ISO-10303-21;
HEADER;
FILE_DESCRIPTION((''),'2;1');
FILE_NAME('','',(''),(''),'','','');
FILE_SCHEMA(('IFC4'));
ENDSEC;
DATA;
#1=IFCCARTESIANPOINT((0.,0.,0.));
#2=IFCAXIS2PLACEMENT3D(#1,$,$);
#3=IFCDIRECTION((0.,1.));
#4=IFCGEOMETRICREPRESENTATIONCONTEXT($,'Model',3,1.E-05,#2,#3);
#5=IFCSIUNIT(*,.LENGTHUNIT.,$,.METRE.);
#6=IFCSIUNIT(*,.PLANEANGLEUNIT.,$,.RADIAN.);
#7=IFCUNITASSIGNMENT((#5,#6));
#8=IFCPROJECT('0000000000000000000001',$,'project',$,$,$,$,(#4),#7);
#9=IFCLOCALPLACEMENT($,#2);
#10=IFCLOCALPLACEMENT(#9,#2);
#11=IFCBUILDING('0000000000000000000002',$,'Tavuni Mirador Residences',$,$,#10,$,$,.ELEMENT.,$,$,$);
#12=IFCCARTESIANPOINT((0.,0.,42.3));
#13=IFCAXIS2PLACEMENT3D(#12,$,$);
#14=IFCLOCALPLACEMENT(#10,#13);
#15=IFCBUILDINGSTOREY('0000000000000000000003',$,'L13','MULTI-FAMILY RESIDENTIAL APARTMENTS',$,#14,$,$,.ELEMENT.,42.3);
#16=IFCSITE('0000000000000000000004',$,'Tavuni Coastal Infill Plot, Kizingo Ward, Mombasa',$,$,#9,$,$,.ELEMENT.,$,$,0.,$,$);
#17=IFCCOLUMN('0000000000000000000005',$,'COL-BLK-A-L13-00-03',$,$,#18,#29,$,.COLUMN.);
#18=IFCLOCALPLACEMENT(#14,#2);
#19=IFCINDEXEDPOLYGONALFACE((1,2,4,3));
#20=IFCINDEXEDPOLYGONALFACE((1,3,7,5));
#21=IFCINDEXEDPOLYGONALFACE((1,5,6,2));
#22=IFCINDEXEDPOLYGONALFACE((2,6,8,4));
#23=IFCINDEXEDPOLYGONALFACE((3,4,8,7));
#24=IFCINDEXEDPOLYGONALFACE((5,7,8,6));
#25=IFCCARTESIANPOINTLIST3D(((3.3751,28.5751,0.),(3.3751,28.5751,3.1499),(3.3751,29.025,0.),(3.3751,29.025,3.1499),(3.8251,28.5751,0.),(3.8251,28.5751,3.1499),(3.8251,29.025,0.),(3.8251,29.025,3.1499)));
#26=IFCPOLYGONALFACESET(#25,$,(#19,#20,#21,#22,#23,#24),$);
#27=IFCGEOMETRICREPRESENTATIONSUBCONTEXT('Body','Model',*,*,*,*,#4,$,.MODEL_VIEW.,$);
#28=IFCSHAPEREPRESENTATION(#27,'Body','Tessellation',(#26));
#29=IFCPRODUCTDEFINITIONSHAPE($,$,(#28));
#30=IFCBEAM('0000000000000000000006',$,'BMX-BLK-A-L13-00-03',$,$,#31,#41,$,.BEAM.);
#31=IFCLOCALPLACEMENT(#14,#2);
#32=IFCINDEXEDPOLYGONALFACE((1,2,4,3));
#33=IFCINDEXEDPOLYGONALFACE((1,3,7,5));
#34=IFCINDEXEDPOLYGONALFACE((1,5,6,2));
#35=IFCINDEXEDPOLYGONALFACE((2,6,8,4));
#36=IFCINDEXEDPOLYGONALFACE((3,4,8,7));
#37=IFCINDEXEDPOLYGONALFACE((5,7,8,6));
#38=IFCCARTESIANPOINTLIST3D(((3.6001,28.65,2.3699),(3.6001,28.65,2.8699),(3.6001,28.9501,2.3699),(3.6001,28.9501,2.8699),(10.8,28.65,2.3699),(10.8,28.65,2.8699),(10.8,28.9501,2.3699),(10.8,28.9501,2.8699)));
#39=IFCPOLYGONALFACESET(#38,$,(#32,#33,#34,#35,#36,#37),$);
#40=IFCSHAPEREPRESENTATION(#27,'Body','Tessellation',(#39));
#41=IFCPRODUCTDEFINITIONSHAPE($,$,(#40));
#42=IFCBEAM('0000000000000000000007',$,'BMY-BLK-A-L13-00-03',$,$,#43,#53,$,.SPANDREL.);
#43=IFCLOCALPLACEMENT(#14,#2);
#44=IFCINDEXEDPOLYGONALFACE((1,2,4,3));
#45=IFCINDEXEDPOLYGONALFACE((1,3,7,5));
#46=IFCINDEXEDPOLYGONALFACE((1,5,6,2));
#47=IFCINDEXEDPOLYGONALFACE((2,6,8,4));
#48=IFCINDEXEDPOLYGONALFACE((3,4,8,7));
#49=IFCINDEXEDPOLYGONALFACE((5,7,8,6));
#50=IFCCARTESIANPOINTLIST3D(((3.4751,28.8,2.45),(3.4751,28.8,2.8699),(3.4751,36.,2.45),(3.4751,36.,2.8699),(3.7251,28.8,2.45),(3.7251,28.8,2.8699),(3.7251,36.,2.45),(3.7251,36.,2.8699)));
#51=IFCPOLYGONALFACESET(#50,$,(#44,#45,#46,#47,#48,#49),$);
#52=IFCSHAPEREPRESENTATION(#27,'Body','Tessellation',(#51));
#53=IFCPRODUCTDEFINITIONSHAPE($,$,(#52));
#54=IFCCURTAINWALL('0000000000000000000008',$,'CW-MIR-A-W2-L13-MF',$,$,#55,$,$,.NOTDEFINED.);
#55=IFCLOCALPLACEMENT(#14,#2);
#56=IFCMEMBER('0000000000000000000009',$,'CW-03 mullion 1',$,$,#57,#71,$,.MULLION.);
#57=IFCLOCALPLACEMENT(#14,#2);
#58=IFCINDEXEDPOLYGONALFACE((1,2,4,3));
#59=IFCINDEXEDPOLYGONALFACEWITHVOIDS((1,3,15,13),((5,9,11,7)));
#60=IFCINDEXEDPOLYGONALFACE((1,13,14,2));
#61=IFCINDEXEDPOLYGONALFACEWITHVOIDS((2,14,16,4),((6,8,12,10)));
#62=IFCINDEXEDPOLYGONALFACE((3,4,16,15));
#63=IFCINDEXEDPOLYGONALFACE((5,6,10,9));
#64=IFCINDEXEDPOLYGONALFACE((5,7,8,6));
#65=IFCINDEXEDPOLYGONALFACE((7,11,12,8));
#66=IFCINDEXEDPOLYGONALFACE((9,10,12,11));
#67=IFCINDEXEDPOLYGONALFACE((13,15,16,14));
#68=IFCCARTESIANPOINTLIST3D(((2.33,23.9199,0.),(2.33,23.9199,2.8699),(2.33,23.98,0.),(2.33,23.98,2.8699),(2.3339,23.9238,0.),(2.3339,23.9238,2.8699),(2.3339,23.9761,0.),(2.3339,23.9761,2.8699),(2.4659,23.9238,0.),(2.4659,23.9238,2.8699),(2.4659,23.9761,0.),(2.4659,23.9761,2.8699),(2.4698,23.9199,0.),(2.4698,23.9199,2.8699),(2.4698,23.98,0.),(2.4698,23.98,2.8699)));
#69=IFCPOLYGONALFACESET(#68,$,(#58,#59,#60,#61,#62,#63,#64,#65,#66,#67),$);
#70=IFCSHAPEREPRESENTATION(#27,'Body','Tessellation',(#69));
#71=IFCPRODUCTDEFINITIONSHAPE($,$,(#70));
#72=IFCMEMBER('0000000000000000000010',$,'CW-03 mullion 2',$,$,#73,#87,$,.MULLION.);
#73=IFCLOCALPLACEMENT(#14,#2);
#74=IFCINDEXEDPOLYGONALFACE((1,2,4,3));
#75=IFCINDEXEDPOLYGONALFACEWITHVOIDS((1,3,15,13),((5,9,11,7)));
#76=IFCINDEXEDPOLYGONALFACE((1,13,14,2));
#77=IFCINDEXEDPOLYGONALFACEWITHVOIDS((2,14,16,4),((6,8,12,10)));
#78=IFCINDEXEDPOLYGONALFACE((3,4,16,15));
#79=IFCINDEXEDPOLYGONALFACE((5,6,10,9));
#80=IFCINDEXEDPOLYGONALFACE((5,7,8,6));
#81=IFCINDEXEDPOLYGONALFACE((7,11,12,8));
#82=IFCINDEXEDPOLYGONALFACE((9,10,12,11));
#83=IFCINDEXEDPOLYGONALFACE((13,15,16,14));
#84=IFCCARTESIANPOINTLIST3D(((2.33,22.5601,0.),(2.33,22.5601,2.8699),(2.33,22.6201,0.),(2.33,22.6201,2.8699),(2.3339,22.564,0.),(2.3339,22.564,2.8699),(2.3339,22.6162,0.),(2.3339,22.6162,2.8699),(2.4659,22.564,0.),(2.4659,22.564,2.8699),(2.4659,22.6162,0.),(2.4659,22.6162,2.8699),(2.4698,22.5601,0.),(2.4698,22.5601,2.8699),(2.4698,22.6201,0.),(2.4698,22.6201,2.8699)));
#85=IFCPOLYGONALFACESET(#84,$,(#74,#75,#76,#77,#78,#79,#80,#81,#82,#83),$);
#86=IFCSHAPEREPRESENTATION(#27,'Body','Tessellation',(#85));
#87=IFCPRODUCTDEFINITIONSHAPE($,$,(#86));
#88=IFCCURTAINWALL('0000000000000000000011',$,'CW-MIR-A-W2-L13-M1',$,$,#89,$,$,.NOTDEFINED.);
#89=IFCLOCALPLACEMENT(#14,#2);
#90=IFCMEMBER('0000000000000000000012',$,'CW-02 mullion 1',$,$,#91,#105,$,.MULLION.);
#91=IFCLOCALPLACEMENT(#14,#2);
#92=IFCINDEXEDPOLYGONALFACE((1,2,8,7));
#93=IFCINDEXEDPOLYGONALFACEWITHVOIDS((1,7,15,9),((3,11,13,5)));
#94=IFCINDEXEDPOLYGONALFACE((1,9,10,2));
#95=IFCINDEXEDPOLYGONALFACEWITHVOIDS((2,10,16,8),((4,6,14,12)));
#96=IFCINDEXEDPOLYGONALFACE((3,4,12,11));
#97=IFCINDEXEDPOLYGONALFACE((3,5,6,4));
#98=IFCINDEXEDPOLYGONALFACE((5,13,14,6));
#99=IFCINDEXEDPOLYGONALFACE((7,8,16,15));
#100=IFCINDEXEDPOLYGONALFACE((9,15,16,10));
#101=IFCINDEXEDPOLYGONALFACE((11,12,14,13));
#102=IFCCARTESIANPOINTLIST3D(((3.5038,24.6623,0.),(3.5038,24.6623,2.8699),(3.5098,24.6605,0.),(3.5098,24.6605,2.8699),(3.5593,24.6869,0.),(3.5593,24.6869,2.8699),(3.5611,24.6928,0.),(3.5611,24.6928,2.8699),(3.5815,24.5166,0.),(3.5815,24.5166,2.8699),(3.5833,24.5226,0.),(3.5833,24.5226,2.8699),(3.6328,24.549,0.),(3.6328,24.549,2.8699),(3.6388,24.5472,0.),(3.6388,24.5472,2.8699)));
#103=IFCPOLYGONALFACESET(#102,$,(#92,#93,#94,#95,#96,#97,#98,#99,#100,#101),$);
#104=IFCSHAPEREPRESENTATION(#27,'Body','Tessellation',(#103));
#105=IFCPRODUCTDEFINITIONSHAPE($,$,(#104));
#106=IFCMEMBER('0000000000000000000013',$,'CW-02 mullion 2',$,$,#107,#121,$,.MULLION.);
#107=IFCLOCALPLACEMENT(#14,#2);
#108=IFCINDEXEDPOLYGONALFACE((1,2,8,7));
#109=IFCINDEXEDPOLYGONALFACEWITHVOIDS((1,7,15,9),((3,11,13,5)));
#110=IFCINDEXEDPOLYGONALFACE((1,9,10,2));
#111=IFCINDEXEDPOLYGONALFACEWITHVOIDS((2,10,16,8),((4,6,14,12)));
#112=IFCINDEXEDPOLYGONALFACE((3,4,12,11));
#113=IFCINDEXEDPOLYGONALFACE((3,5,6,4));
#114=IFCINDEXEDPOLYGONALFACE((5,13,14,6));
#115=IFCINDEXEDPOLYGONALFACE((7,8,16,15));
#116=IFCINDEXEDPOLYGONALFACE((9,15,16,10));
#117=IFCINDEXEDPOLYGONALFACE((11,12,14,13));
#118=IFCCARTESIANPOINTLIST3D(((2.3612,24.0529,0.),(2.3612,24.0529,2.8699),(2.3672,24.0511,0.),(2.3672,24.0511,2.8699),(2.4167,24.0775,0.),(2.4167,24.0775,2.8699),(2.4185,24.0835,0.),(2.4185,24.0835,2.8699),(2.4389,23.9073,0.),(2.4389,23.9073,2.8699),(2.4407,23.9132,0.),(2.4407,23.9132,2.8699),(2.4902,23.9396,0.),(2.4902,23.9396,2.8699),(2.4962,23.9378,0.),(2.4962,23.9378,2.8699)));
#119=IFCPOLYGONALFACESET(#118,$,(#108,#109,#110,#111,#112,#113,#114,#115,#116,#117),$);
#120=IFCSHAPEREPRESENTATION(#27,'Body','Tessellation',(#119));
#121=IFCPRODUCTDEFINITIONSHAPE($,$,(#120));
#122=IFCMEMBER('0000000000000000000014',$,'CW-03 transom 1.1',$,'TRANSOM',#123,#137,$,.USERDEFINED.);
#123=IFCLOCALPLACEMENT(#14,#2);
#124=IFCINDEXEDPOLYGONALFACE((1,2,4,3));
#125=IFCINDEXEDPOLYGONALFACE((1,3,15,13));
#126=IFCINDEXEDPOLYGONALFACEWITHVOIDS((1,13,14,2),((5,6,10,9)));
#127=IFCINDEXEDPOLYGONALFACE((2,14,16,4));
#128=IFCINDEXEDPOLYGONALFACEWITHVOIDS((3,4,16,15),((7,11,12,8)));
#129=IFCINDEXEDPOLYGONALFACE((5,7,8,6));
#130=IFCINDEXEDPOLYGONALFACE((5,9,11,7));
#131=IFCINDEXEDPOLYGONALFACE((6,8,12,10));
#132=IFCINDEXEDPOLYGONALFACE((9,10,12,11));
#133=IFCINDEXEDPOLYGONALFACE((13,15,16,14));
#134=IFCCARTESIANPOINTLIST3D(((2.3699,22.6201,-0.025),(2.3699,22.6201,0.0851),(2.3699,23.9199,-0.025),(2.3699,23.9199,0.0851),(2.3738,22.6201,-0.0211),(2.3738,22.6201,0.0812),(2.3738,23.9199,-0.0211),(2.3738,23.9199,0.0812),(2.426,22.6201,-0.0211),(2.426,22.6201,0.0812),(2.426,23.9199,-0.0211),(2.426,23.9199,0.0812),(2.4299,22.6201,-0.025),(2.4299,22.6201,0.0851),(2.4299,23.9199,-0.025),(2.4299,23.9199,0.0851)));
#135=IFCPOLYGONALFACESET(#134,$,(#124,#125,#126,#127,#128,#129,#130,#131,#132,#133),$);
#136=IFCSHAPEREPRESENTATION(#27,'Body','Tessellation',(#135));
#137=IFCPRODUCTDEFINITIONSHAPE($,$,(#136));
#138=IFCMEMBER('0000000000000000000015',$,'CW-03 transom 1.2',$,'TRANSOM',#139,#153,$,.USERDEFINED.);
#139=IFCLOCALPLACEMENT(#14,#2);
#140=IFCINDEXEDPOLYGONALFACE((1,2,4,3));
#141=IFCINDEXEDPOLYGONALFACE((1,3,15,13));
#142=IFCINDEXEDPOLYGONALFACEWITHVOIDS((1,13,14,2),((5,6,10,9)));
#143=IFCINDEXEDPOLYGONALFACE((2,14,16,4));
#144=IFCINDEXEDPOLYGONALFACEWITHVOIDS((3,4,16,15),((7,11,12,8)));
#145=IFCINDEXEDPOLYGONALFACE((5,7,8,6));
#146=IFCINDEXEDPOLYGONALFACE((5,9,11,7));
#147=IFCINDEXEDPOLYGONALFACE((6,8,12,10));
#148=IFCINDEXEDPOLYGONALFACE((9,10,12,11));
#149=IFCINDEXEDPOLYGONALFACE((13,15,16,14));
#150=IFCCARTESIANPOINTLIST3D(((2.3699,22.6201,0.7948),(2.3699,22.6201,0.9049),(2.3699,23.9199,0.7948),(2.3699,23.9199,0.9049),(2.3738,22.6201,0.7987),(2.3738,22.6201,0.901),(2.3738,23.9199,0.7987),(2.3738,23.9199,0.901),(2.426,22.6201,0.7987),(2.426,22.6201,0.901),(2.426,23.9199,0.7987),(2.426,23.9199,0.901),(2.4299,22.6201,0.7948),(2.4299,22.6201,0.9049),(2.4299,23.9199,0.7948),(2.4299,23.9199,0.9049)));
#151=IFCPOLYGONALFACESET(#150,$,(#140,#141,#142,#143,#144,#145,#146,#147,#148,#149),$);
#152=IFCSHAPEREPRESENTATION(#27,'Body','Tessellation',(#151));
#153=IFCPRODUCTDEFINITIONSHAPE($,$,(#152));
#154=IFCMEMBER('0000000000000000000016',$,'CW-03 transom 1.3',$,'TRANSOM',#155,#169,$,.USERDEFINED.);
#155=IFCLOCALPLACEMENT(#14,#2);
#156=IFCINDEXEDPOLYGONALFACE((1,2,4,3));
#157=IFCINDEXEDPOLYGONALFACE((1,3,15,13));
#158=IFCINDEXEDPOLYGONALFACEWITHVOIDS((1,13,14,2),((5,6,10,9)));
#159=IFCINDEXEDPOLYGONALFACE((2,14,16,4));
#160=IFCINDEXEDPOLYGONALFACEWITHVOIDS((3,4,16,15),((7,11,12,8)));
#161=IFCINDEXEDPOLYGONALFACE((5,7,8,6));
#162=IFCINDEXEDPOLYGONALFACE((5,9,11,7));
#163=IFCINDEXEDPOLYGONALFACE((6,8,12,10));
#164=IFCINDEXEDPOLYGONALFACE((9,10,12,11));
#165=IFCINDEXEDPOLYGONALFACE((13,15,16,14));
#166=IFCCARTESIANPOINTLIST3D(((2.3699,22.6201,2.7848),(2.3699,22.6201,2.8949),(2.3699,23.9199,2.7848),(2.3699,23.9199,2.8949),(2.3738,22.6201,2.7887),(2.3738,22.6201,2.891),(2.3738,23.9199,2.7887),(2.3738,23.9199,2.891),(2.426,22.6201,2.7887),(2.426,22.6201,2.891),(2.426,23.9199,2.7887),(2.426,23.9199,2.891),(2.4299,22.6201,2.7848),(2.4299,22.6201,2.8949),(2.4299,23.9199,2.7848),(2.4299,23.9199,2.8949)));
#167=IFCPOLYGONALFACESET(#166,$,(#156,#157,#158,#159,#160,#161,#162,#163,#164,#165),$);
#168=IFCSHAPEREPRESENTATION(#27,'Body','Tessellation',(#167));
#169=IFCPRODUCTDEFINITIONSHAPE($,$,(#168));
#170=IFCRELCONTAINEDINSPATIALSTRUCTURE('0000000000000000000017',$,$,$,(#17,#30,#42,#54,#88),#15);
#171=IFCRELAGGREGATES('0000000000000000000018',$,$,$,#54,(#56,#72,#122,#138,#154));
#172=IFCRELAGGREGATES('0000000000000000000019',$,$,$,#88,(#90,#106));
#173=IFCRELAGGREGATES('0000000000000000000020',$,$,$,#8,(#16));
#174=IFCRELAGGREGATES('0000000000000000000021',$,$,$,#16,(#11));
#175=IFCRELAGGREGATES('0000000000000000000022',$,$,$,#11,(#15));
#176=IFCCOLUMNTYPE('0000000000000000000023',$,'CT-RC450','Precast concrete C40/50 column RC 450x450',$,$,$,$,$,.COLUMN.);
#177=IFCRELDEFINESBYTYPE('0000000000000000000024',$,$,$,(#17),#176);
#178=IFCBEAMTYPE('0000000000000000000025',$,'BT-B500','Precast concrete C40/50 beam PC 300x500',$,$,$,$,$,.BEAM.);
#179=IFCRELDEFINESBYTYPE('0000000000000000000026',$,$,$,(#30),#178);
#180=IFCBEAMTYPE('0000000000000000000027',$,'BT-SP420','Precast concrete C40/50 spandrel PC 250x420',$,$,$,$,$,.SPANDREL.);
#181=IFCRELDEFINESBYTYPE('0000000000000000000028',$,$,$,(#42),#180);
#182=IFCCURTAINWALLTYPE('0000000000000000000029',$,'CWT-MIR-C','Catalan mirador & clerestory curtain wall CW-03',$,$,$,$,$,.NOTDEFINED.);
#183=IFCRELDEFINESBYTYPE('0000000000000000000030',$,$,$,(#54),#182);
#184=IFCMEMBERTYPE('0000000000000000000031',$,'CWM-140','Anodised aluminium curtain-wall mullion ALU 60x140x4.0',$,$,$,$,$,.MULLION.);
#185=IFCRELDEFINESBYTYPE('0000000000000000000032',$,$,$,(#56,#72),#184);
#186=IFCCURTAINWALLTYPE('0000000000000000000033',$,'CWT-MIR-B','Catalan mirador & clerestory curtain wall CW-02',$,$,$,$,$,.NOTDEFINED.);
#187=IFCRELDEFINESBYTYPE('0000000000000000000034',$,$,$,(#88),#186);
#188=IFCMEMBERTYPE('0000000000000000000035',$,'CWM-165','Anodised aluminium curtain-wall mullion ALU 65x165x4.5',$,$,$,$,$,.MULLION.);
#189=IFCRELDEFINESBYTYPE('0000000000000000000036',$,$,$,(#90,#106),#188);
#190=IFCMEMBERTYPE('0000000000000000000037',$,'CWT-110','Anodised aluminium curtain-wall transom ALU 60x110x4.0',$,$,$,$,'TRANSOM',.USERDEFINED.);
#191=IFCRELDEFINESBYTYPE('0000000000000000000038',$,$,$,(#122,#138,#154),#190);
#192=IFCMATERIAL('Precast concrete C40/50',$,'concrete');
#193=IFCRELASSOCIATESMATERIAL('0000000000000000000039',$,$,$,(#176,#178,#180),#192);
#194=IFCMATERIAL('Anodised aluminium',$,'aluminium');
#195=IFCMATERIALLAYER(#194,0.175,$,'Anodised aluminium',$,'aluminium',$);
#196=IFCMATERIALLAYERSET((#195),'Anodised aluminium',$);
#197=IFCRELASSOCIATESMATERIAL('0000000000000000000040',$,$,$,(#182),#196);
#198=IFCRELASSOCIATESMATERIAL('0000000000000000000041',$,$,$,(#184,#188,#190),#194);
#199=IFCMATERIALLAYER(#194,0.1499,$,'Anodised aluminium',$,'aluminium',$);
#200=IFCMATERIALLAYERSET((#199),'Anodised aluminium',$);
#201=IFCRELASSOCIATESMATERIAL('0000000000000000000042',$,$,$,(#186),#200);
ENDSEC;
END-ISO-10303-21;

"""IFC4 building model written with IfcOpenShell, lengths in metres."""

from ifc_helpers import new_model, si_unit, direction, frame, origin, origin_2d, place, context, subcontext, project, spatial, rectangle, hollow_rectangle, extrude, material, layer, layer_set, material_profile, profile_set, type_object, element, aggregate, save


model = new_model("IFC4")

# Units and contexts
model_context = context("Model", 3, precision=1e-05, world=origin(), true_north=direction((0.0, 1.0)))
body_context = subcontext(model_context, "Body", "Model", "MODEL_VIEW")
ifc_project = project(units=[si_unit("LENGTHUNIT", "METRE"), si_unit("PLANEANGLEUNIT", "RADIAN")], contexts=[model_context])

# Site, building, storey
site_placement = place(None, origin())
site = spatial("IfcSite", under=ifc_project, at=site_placement, Name="Tavuni Coastal Infill Plot, Kizingo Ward, Mombasa", CompositionType="ELEMENT", RefElevation=0.0)
building_placement = place(site_placement, origin())
building = spatial("IfcBuilding", under=site, at=building_placement, Name="Tavuni Mirador Residences", CompositionType="ELEMENT")
storey_placement = place(building_placement, frame((0.0, 0.0, 42.3)))
storey = spatial("IfcBuildingStorey", under=building, at=storey_placement, Name="L13", Description="MULTI-FAMILY RESIDENTIAL APARTMENTS", CompositionType="ELEMENT", Elevation=42.3)

# Column
ifc_material_1 = material(Name="Precast concrete C40/50", Category="concrete")
ifc_material_profile_1 = material_profile(ifc_material_1, rectangle(XDim=0.45, YDim=0.45, at=origin_2d()), Name="RC 450x450", Category="concrete")
ifc_profile_set_1 = profile_set([ifc_material_profile_1], Name="Precast concrete C40/50")
column_type = type_object("IfcColumnType", Name="CT-RC450", Description="Precast concrete C40/50 column RC 450x450", PredefinedType="COLUMN", material=ifc_profile_set_1)
column_placement = place(storey_placement, frame((3.6001, 28.8, 0.0), z_axis=(0.0, 0.0, 1.0), x_axis=(1.0, 0.0, 0.0)))
element("IfcColumn", 1, at=column_placement, inside=storey, type_object=column_type, Name="COL-BLK-A-L13-00-03", PredefinedType="COLUMN", context=body_context, shape_type="SweptSolid", body=[
    extrude(rectangle(XDim=0.45, YDim=0.45, at=origin_2d()), origin(), (0.0, 0.0, 1.0), 3.1499),
])

# Beams
ifc_material_profile_2 = material_profile(ifc_material_1, rectangle(XDim=0.3, YDim=0.5, at=origin_2d()), Name="PC 300x500", Category="concrete")
ifc_profile_set_2 = profile_set([ifc_material_profile_2], Name="Precast concrete C40/50")
beam_type_1 = type_object("IfcBeamType", Name="BT-B500", Description="Precast concrete C40/50 beam PC 300x500", PredefinedType="BEAM", material=ifc_profile_set_2)
beam_1_placement = place(storey_placement, frame((3.6001, 28.8, 2.6199), z_axis=(1.0, 0.0, 0.0), x_axis=(0.0, 1.0, 0.0)))
element("IfcBeam", 2, at=beam_1_placement, inside=storey, type_object=beam_type_1, Name="BMX-BLK-A-L13-00-03", PredefinedType="BEAM", context=body_context, shape_type="SweptSolid", body=[
    extrude(rectangle(XDim=0.3, YDim=0.5, at=origin_2d()), origin(), (0.0, 0.0, 1.0), 7.2),
])
ifc_material_profile_3 = material_profile(ifc_material_1, rectangle(XDim=0.25, YDim=0.4199, at=origin_2d()), Name="PC 250x420", Category="concrete")
ifc_profile_set_3 = profile_set([ifc_material_profile_3], Name="Precast concrete C40/50")
beam_type_2 = type_object("IfcBeamType", Name="BT-SP420", Description="Precast concrete C40/50 spandrel PC 250x420", PredefinedType="SPANDREL", material=ifc_profile_set_3)
beam_2_placement = place(storey_placement, frame((3.6001, 28.8, 2.6599), z_axis=(0.0, 1.0, 0.0), x_axis=(-1.0, 0.0, 0.0)))
element("IfcBeam", 3, at=beam_2_placement, inside=storey, type_object=beam_type_2, Name="BMY-BLK-A-L13-00-03", PredefinedType="SPANDREL", context=body_context, shape_type="SweptSolid", body=[
    extrude(rectangle(XDim=0.25, YDim=0.4199, at=origin_2d()), origin(), (0.0, 0.0, 1.0), 7.2),
])

# Curtain walls, members
ifc_material_2 = material(Name="Anodised aluminium", Category="aluminium")
ifc_layer_1 = layer(ifc_material_2, 0.175, Name="Anodised aluminium", Category="aluminium")
ifc_layer_set_1 = layer_set([ifc_layer_1], Name="Anodised aluminium")
curtain_wall_type_1 = type_object("IfcCurtainWallType", Name="CWT-MIR-C", Description="Catalan mirador & clerestory curtain wall CW-03", PredefinedType="NOTDEFINED", material=ifc_layer_set_1)
curtain_wall_1_placement = place(storey_placement, origin())
curtain_wall_1 = element("IfcCurtainWall", 4, at=curtain_wall_1_placement, inside=storey, type_object=curtain_wall_type_1, Name="CW-MIR-A-W2-L13-MF", PredefinedType="NOTDEFINED")
ifc_material_profile_4 = material_profile(ifc_material_2, hollow_rectangle(XDim=0.0601, YDim=0.1399, WallThickness=0.0039, at=origin_2d()), Name="ALU 60x140x4.0", Category="aluminium")
ifc_profile_set_4 = profile_set([ifc_material_profile_4], Name="Anodised aluminium")
member_type_1 = type_object("IfcMemberType", Name="CWM-140", Description="Anodised aluminium curtain-wall mullion ALU 60x140x4.0", PredefinedType="MULLION", material=ifc_profile_set_4)
member_1_placement = place(storey_placement, frame((2.3999, 23.95, 0.0), z_axis=(0.0, 0.0, 1.0), x_axis=(0.0, -1.0, 0.0)))
member_1 = element("IfcMember", 5, at=member_1_placement, type_object=member_type_1, Name="CW-03 mullion 1", PredefinedType="MULLION", context=body_context, shape_type="SweptSolid", body=[
    extrude(hollow_rectangle(XDim=0.0601, YDim=0.1399, WallThickness=0.0039, at=origin_2d()), origin(), (0.0, 0.0, 1.0), 2.8699),
])
member_2_placement = place(storey_placement, frame((2.3999, 22.5901, 0.0), z_axis=(0.0, 0.0, 1.0), x_axis=(0.0, -1.0, 0.0)))
member_2 = element("IfcMember", 6, at=member_2_placement, type_object=member_type_1, Name="CW-03 mullion 2", PredefinedType="MULLION", context=body_context, shape_type="SweptSolid", body=[
    extrude(hollow_rectangle(XDim=0.0601, YDim=0.1399, WallThickness=0.0039, at=origin_2d()), origin(), (0.0, 0.0, 1.0), 2.8699),
])
ifc_layer_2 = layer(ifc_material_2, 0.1499, Name="Anodised aluminium", Category="aluminium")
ifc_layer_set_2 = layer_set([ifc_layer_2], Name="Anodised aluminium")
curtain_wall_type_2 = type_object("IfcCurtainWallType", Name="CWT-MIR-B", Description="Catalan mirador & clerestory curtain wall CW-02", PredefinedType="NOTDEFINED", material=ifc_layer_set_2)
curtain_wall_2_placement = place(storey_placement, origin())
curtain_wall_2 = element("IfcCurtainWall", 7, at=curtain_wall_2_placement, inside=storey, type_object=curtain_wall_type_2, Name="CW-MIR-A-W2-L13-M1", PredefinedType="NOTDEFINED")
ifc_material_profile_5 = material_profile(ifc_material_2, hollow_rectangle(XDim=0.0649, YDim=0.165, WallThickness=0.0044, at=origin_2d()), Name="ALU 65x165x4.5", Category="aluminium")
ifc_profile_set_5 = profile_set([ifc_material_profile_5], Name="Anodised aluminium")
member_type_2 = type_object("IfcMemberType", Name="CWM-165", Description="Anodised aluminium curtain-wall mullion ALU 65x165x4.5", PredefinedType="MULLION", material=ifc_profile_set_5)
member_3_placement = place(storey_placement, frame((3.5713, 24.6047, 0.0), z_axis=(0.0, 0.0, 1.0), x_axis=(-0.882353, -0.470588, 0.0)))
member_3 = element("IfcMember", 8, at=member_3_placement, type_object=member_type_2, Name="CW-02 mullion 1", PredefinedType="MULLION", context=body_context, shape_type="SweptSolid", body=[
    extrude(hollow_rectangle(XDim=0.0649, YDim=0.165, WallThickness=0.0044, at=origin_2d()), origin(), (0.0, 0.0, 1.0), 2.8699),
])
member_4_placement = place(storey_placement, frame((2.4287, 23.9954, 0.0), z_axis=(0.0, 0.0, 1.0), x_axis=(-0.882353, -0.470588, 0.0)))
member_4 = element("IfcMember", 9, at=member_4_placement, type_object=member_type_2, Name="CW-02 mullion 2", PredefinedType="MULLION", context=body_context, shape_type="SweptSolid", body=[
    extrude(hollow_rectangle(XDim=0.0649, YDim=0.165, WallThickness=0.0044, at=origin_2d()), origin(), (0.0, 0.0, 1.0), 2.8699),
])

# Members
ifc_material_profile_6 = material_profile(ifc_material_2, hollow_rectangle(XDim=0.0601, YDim=0.1101, WallThickness=0.0039, at=origin_2d()), Name="ALU 60x110x4.0", Category="aluminium")
ifc_profile_set_6 = profile_set([ifc_material_profile_6], Name="Anodised aluminium")
member_type_3 = type_object("IfcMemberType", Name="CWT-110", Description="Anodised aluminium curtain-wall transom ALU 60x110x4.0", ElementType="TRANSOM", PredefinedType="USERDEFINED", material=ifc_profile_set_6)
member_5_placement = place(storey_placement, frame((2.3999, 23.9199, 0.03), z_axis=(0.0, -1.0, 0.0), x_axis=(1.0, 0.0, 0.0)))
member_5 = element("IfcMember", 10, at=member_5_placement, type_object=member_type_3, Name="CW-03 transom 1.1", ObjectType="TRANSOM", PredefinedType="USERDEFINED", context=body_context, shape_type="SweptSolid", body=[
    extrude(hollow_rectangle(XDim=0.0601, YDim=0.1101, WallThickness=0.0039, at=origin_2d()), origin(), (0.0, 0.0, 1.0), 1.2998),
])
member_6_placement = place(storey_placement, frame((2.3999, 23.9199, 0.8499), z_axis=(0.0, -1.0, 0.0), x_axis=(1.0, 0.0, 0.0)))
member_6 = element("IfcMember", 11, at=member_6_placement, type_object=member_type_3, Name="CW-03 transom 1.2", ObjectType="TRANSOM", PredefinedType="USERDEFINED", context=body_context, shape_type="SweptSolid", body=[
    extrude(hollow_rectangle(XDim=0.0601, YDim=0.1101, WallThickness=0.0039, at=origin_2d()), origin(), (0.0, 0.0, 1.0), 1.2998),
])
member_7_placement = place(storey_placement, frame((2.3999, 23.9199, 2.8398), z_axis=(0.0, -1.0, 0.0), x_axis=(1.0, 0.0, 0.0)))
member_7 = element("IfcMember", 12, at=member_7_placement, type_object=member_type_3, Name="CW-03 transom 1.3", ObjectType="TRANSOM", PredefinedType="USERDEFINED", context=body_context, shape_type="SweptSolid", body=[
    extrude(hollow_rectangle(XDim=0.0601, YDim=0.1101, WallThickness=0.0039, at=origin_2d()), origin(), (0.0, 0.0, 1.0), 1.2998),
])

aggregate(curtain_wall_1, [member_1, member_2, member_5, member_6, member_7])
aggregate(curtain_wall_2, [member_3, member_4])

save(model, "model.ifc")
